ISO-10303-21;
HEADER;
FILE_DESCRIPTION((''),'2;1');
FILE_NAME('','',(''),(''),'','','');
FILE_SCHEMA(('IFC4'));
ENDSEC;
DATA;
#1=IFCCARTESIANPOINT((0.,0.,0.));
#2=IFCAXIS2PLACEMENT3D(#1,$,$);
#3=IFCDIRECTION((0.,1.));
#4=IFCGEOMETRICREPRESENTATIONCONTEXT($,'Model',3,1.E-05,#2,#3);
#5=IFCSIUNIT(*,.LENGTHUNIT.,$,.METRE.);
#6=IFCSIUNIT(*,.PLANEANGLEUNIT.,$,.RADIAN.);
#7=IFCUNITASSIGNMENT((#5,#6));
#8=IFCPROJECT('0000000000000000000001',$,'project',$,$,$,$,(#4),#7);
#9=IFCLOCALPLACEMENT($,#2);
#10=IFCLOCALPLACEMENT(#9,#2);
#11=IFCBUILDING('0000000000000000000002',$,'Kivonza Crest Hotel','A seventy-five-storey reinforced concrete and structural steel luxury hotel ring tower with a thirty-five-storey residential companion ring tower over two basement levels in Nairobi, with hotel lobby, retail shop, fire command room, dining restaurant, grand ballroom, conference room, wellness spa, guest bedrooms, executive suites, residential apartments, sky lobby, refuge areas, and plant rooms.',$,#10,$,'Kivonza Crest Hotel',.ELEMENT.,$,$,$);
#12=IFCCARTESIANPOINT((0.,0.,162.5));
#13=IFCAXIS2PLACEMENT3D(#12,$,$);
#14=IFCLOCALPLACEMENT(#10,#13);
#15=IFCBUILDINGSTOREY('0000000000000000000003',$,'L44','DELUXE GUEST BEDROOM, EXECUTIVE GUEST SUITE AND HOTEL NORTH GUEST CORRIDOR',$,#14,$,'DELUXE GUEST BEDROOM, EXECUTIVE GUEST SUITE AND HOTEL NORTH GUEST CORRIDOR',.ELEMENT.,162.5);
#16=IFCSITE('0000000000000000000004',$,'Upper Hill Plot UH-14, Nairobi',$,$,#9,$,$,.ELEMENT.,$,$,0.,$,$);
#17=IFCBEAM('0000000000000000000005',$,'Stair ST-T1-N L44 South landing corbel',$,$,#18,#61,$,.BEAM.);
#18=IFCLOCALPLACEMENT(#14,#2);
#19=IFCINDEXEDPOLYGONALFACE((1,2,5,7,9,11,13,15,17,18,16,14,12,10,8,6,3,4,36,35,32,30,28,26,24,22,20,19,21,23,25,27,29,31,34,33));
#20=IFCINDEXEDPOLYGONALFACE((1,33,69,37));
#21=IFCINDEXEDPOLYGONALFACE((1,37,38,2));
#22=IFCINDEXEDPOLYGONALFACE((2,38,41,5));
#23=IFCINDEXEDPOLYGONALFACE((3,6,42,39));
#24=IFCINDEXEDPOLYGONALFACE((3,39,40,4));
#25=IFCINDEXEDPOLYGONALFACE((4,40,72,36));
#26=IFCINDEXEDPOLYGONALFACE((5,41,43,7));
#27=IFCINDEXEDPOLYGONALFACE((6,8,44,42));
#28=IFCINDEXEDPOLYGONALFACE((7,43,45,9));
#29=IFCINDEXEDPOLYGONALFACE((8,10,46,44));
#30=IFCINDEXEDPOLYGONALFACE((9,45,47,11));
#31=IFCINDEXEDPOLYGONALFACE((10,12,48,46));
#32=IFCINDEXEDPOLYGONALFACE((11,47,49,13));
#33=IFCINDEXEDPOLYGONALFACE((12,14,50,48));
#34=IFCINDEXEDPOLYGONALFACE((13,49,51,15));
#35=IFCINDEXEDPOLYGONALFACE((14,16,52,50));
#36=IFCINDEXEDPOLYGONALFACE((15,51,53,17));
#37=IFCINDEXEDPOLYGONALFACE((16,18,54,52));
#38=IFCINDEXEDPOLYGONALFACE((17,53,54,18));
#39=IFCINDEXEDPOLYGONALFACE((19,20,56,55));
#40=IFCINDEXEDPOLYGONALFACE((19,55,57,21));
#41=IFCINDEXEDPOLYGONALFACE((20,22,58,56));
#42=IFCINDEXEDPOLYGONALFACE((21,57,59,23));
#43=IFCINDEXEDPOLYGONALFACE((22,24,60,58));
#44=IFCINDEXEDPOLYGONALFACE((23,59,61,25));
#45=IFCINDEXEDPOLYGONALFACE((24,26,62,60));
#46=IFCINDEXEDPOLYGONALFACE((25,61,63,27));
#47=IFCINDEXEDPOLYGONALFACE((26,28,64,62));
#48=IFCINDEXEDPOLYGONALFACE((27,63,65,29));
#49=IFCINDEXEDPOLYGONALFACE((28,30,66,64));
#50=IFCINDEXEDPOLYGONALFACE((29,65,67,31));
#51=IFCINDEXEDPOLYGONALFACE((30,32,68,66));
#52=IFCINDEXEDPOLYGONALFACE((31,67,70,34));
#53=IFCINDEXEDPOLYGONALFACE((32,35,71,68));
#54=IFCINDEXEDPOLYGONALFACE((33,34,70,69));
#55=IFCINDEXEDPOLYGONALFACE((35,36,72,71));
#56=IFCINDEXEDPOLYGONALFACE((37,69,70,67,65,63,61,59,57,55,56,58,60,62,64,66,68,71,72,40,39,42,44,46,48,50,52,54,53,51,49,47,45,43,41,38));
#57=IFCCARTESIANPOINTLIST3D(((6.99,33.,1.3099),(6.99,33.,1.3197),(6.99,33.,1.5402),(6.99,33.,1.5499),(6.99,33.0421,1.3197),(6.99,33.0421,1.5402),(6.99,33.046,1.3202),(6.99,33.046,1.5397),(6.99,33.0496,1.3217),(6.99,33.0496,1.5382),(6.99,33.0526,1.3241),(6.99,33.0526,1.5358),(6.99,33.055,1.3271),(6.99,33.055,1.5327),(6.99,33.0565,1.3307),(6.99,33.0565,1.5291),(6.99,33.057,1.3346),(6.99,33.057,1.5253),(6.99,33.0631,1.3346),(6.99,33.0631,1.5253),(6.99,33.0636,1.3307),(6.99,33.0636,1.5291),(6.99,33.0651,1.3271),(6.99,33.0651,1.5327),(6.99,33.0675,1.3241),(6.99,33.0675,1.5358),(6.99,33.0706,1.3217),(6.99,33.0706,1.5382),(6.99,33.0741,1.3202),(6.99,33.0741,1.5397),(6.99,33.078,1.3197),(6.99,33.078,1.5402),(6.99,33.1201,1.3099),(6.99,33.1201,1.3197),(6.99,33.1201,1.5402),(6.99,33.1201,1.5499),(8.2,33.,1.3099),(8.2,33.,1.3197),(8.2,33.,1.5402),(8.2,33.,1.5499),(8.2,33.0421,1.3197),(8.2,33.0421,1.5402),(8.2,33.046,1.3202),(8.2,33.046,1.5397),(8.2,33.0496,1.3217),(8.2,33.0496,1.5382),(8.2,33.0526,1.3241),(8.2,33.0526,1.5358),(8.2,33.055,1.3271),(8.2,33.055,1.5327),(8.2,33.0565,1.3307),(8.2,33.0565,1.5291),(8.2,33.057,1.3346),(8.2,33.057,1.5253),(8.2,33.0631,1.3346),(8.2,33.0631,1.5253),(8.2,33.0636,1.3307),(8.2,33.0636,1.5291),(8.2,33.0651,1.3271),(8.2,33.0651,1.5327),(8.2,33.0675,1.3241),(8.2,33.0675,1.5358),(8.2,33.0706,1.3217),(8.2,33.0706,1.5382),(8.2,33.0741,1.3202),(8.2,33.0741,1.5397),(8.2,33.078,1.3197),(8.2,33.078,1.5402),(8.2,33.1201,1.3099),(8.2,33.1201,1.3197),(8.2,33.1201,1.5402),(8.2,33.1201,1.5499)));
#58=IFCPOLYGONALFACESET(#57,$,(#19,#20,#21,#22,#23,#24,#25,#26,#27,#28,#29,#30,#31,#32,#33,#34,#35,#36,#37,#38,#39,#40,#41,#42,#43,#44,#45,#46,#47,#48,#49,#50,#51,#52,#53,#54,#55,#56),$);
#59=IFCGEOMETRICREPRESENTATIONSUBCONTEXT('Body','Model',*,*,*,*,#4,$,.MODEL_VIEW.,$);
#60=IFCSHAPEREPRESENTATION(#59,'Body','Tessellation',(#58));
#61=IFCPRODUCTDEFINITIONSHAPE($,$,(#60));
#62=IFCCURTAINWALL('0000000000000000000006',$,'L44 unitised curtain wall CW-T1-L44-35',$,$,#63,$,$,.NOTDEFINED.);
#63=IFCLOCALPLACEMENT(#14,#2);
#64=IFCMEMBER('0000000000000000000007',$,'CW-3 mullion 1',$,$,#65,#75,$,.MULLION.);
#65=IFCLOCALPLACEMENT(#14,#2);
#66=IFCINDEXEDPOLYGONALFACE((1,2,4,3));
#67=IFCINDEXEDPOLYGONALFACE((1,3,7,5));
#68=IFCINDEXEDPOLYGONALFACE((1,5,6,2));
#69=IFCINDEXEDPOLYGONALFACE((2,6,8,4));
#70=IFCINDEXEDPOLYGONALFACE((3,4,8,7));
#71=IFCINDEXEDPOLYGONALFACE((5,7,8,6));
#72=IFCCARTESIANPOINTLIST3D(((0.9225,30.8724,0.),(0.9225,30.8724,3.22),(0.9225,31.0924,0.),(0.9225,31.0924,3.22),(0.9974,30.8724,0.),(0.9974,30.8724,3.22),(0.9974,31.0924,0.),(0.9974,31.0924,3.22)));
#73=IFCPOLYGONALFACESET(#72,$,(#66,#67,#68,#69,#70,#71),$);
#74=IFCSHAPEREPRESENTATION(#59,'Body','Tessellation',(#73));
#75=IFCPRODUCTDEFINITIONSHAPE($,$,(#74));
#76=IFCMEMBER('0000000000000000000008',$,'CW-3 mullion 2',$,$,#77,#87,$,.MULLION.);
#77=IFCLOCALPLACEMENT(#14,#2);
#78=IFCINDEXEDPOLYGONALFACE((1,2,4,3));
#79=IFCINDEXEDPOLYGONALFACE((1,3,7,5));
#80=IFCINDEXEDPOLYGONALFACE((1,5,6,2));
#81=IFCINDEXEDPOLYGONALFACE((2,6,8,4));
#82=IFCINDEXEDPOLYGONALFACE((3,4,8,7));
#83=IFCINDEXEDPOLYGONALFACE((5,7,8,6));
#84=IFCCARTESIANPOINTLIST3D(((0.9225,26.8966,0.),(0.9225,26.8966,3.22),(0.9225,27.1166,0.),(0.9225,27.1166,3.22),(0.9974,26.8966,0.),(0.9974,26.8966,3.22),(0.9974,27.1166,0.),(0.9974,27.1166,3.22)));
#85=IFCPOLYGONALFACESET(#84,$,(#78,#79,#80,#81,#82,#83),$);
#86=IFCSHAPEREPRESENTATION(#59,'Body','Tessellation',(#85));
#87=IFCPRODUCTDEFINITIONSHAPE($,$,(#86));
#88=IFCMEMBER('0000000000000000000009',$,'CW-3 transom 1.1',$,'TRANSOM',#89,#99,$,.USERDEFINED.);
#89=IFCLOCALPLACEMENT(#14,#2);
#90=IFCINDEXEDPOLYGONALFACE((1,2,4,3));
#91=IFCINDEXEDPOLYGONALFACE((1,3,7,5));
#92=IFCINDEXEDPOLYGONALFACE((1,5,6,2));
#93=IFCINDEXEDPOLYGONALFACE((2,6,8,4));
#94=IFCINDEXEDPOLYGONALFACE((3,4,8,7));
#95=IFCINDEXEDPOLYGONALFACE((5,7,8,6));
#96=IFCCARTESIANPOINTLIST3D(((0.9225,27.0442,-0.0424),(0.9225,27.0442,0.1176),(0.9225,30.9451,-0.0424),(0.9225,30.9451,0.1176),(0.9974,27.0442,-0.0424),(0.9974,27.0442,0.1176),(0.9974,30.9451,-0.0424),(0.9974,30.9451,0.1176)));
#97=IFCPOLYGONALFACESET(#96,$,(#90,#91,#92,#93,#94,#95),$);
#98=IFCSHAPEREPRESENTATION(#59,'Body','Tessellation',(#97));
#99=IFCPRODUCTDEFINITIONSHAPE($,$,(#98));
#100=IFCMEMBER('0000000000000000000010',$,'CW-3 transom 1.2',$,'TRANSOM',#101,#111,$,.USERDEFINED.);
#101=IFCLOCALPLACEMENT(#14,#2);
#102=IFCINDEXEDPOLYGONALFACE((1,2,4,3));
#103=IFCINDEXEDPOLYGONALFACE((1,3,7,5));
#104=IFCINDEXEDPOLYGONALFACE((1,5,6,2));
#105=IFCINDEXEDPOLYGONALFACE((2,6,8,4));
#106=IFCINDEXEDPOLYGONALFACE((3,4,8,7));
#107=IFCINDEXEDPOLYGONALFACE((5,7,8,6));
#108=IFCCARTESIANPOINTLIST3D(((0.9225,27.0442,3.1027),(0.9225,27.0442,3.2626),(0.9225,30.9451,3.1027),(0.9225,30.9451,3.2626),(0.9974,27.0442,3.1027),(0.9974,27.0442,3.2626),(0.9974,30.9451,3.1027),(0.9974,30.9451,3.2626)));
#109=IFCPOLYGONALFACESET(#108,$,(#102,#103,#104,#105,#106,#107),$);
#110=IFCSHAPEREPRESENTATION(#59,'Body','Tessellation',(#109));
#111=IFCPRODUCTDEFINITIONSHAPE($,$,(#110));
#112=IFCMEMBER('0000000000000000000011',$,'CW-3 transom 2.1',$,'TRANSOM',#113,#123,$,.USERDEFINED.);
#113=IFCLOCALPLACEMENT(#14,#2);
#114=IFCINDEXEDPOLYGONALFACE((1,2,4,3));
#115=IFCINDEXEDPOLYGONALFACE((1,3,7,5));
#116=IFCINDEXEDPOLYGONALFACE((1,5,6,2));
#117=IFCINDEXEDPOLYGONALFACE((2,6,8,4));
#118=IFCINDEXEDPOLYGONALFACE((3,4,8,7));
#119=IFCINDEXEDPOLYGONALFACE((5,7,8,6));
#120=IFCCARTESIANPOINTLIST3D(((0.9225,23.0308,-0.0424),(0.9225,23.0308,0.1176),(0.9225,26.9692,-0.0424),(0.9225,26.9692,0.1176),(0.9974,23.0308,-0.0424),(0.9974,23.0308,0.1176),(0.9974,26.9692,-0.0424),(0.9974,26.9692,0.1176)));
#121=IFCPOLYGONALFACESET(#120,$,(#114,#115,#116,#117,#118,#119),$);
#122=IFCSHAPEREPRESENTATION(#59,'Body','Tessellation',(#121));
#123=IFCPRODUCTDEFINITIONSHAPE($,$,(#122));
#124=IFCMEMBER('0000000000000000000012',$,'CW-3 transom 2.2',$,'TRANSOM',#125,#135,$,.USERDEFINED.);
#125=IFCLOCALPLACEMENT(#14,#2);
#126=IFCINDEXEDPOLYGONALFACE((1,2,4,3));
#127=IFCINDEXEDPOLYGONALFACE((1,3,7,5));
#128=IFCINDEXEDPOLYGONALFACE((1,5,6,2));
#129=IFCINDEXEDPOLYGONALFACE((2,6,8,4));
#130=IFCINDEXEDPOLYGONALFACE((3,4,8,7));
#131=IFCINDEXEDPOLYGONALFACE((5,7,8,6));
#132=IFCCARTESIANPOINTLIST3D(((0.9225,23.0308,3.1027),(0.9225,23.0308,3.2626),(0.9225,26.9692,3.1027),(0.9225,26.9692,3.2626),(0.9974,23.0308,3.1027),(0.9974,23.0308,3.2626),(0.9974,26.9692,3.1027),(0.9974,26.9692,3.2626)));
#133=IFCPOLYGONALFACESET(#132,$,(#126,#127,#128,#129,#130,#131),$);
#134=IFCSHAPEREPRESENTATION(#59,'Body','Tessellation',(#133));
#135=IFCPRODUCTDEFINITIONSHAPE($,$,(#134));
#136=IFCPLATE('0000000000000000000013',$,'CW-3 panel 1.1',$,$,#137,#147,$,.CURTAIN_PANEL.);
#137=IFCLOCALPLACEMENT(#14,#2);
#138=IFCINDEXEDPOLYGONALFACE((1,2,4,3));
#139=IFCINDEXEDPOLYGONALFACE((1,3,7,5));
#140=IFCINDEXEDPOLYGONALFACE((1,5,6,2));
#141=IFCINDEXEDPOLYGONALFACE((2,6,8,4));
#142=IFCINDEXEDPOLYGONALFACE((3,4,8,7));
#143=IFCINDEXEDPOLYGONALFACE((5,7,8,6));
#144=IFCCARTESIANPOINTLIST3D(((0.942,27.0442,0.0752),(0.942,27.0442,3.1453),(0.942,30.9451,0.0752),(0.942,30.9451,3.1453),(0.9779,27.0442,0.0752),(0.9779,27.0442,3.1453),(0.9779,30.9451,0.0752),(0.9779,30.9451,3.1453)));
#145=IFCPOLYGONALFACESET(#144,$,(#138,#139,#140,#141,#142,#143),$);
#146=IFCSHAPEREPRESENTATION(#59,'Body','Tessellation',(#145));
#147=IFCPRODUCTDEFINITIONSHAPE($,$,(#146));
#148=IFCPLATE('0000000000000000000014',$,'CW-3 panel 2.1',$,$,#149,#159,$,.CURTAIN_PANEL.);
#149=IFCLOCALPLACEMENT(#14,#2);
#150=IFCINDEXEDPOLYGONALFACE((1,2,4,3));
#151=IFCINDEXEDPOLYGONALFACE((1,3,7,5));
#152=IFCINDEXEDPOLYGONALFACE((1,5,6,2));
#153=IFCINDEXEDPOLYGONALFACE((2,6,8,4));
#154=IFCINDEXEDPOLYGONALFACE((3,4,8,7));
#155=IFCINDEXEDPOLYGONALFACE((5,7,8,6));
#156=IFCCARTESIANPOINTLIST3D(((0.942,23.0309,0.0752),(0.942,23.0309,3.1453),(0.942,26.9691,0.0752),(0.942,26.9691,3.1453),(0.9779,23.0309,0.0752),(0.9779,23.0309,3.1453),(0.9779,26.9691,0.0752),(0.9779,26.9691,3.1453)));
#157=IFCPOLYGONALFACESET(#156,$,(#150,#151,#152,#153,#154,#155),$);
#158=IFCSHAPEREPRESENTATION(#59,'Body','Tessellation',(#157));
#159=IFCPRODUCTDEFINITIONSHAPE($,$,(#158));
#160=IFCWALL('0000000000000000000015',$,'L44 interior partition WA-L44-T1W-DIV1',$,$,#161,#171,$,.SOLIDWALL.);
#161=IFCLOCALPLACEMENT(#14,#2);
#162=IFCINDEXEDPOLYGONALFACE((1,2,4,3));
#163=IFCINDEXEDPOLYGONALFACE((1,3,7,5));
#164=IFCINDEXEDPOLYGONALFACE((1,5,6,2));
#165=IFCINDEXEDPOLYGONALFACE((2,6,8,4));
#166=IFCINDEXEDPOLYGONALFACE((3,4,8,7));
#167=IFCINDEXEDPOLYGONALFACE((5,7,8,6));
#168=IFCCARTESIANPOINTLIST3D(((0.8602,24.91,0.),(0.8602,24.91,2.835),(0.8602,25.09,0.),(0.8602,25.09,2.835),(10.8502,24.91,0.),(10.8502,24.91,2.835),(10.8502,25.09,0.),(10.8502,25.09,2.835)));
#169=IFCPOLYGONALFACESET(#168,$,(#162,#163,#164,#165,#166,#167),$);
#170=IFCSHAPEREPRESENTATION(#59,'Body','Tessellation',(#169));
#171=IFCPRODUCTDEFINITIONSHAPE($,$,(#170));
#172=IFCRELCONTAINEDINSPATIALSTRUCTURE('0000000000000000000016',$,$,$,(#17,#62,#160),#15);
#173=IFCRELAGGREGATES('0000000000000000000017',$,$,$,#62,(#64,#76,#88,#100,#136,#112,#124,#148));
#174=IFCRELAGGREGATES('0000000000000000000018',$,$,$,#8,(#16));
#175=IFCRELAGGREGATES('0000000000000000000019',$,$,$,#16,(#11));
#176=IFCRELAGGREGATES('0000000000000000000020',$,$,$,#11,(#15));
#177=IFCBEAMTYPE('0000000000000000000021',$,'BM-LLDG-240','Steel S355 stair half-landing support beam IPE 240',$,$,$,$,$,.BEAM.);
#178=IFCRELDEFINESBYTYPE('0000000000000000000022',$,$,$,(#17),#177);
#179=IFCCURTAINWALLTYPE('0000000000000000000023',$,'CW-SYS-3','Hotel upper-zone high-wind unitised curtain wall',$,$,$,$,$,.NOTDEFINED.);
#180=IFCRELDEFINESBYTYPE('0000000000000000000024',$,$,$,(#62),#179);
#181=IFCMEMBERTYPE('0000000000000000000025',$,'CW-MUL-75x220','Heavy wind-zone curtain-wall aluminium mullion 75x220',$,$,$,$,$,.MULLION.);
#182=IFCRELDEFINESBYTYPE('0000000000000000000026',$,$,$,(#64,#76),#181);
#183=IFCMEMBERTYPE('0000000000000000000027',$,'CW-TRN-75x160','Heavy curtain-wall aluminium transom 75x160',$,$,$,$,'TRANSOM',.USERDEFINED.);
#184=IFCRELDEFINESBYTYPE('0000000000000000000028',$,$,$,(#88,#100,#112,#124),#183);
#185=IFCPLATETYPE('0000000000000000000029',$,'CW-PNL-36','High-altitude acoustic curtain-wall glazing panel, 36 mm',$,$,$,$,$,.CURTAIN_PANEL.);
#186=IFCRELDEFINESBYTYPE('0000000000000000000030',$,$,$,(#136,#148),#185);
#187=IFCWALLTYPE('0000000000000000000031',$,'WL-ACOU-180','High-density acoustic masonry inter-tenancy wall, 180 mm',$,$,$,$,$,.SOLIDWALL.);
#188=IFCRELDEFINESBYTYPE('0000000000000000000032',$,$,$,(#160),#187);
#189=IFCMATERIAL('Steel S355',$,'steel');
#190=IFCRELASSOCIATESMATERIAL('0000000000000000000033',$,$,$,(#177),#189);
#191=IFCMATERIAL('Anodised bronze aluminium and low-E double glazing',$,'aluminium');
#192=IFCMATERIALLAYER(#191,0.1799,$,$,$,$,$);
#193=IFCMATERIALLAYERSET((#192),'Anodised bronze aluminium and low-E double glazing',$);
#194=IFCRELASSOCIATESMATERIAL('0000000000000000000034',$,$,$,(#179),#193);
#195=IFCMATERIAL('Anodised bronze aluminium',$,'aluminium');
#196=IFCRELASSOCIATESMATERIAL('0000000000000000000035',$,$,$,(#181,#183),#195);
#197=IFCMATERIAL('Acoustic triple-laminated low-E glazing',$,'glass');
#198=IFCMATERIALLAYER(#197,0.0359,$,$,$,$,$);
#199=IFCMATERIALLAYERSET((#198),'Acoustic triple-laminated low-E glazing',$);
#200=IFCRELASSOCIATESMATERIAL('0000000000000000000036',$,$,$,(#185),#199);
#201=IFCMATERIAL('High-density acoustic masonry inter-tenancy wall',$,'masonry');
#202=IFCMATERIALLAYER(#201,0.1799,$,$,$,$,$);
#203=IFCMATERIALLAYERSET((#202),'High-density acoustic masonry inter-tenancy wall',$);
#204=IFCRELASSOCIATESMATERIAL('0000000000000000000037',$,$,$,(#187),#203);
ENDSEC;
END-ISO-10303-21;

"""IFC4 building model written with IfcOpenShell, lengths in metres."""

from ifc_helpers import new_model, si_unit, direction, frame, frame_2d, origin, origin_2d, place, context, subcontext, project, spatial, rectangle, i_section, extrude, material, layer, layer_set, material_profile, profile_set, type_object, element, aggregate, save


model = new_model("IFC4")

# Units and contexts
model_context = context("Model", 3, precision=1e-05, world=origin(), true_north=direction((0.0, 1.0)))
body_context = subcontext(model_context, "Body", "Model", "MODEL_VIEW")
ifc_project = project(units=[si_unit("LENGTHUNIT", "METRE"), si_unit("PLANEANGLEUNIT", "RADIAN")], contexts=[model_context])

# Site, building, storey
site_placement = place(None, origin())
site = spatial("IfcSite", under=ifc_project, at=site_placement, Name="Upper Hill Plot UH-14, Nairobi", CompositionType="ELEMENT", RefElevation=0.0)
building_placement = place(site_placement, origin())
building = spatial("IfcBuilding", under=site, at=building_placement, Name="Kivonza Crest Hotel", Description="A seventy-five-storey reinforced concrete and structural steel luxury hotel ring tower with a thirty-five-storey residential companion ring tower over two basement levels in Nairobi, with hotel lobby, retail shop, fire command room, dining restaurant, grand ballroom, conference room, wellness spa, guest bedrooms, executive suites, residential apartments, sky lobby, refuge areas, and plant rooms.", LongName="Kivonza Crest Hotel", CompositionType="ELEMENT")
storey_placement = place(building_placement, frame((0.0, 0.0, 162.5)))
storey = spatial("IfcBuildingStorey", under=building, at=storey_placement, Name="L44", Description="DELUXE GUEST BEDROOM, EXECUTIVE GUEST SUITE AND HOTEL NORTH GUEST CORRIDOR", LongName="DELUXE GUEST BEDROOM, EXECUTIVE GUEST SUITE AND HOTEL NORTH GUEST CORRIDOR", CompositionType="ELEMENT", Elevation=162.5)

# Beam
ifc_material_1 = material(Name="Steel S355", Category="steel")
ifc_material_profile_1 = material_profile(ifc_material_1, i_section(OverallWidth=0.1201, OverallDepth=0.24, WebThickness=0.0061, FlangeThickness=0.0098, FilletRadius=0.0149, at=origin_2d()), Name="IPE 240")
ifc_profile_set_1 = profile_set([ifc_material_profile_1], Name="Steel S355")
beam_type_1 = type_object("IfcBeamType", Name="BM-LLDG-240", Description="Steel S355 stair half-landing support beam IPE 240", PredefinedType="BEAM", material=ifc_profile_set_1)
beam_1_placement = place(storey_placement, frame((6.99, 33.0601, 1.4299), z_axis=(1.0, 0.0, 0.0), x_axis=(0.0, 1.0, 0.0)))
element("IfcBeam", 1, at=beam_1_placement, inside=storey, type_object=beam_type_1, Name="Stair ST-T1-N L44 South landing corbel", PredefinedType="BEAM", context=body_context, shape_type="SweptSolid", body=[
    extrude(i_section(OverallWidth=0.1201, OverallDepth=0.24, WebThickness=0.0061, FlangeThickness=0.0098, FilletRadius=0.0149, at=origin_2d()), origin(), (0.0, 0.0, 1.0), 1.21),
])

# Curtain wall, members, plates
ifc_material_2 = material(Name="Anodised bronze aluminium and low-E double glazing", Category="aluminium")
ifc_layer_1 = layer(ifc_material_2, 0.1799)
ifc_layer_set_1 = layer_set([ifc_layer_1], Name="Anodised bronze aluminium and low-E double glazing")
curtain_wall_type = type_object("IfcCurtainWallType", Name="CW-SYS-3", Description="Hotel upper-zone high-wind unitised curtain wall", PredefinedType="NOTDEFINED", material=ifc_layer_set_1)
curtain_wall_placement = place(storey_placement, origin())
curtain_wall = element("IfcCurtainWall", 2, at=curtain_wall_placement, inside=storey, type_object=curtain_wall_type, Name="L44 unitised curtain wall CW-T1-L44-35", PredefinedType="NOTDEFINED")
ifc_material_3 = material(Name="Anodised bronze aluminium", Category="aluminium")
ifc_material_profile_2 = material_profile(ifc_material_3, rectangle(XDim=0.075, YDim=0.22, at=origin_2d()), Name="CW-M 75x220")
ifc_profile_set_2 = profile_set([ifc_material_profile_2], Name="Anodised bronze aluminium")
member_type_1 = type_object("IfcMemberType", Name="CW-MUL-75x220", Description="Heavy wind-zone curtain-wall aluminium mullion 75x220", PredefinedType="MULLION", material=ifc_profile_set_2)
member_1_placement = place(storey_placement, frame((0.96, 30.9824, 0.0), z_axis=(0.0, 0.0, 1.0), x_axis=(1.0, 0.0, 0.0)))
member_1 = element("IfcMember", 3, at=member_1_placement, type_object=member_type_1, Name="CW-3 mullion 1", PredefinedType="MULLION", context=body_context, shape_type="SweptSolid", body=[
    extrude(rectangle(XDim=0.075, YDim=0.22, at=origin_2d()), origin(), (0.0, 0.0, 1.0), 3.22),
])
member_2_placement = place(storey_placement, frame((0.96, 27.0066, 0.0), z_axis=(0.0, 0.0, 1.0), x_axis=(1.0, 0.0, 0.0)))
member_2 = element("IfcMember", 4, at=member_2_placement, type_object=member_type_1, Name="CW-3 mullion 2", PredefinedType="MULLION", context=body_context, shape_type="SweptSolid", body=[
    extrude(rectangle(XDim=0.075, YDim=0.22, at=origin_2d()), origin(), (0.0, 0.0, 1.0), 3.22),
])
ifc_material_profile_3 = material_profile(ifc_material_3, rectangle(XDim=0.075, YDim=0.1599, at=origin_2d()), Name="CW-T 75x160")
ifc_profile_set_3 = profile_set([ifc_material_profile_3], Name="Anodised bronze aluminium")
member_type_2 = type_object("IfcMemberType", Name="CW-TRN-75x160", Description="Heavy curtain-wall aluminium transom 75x160", ElementType="TRANSOM", PredefinedType="USERDEFINED", material=ifc_profile_set_3)
member_3_placement = place(storey_placement, frame((0.96, 30.9451, 0.0376), z_axis=(0.0, -1.0, 0.0), x_axis=(1.0, 0.0, 0.0)))
member_3 = element("IfcMember", 5, at=member_3_placement, type_object=member_type_2, Name="CW-3 transom 1.1", ObjectType="TRANSOM", PredefinedType="USERDEFINED", context=body_context, shape_type="SweptSolid", body=[
    extrude(rectangle(XDim=0.075, YDim=0.1599, at=origin_2d()), origin(), (0.0, 0.0, 1.0), 3.9009),
])
member_4_placement = place(storey_placement, frame((0.96, 30.9451, 3.1826), z_axis=(0.0, -1.0, 0.0), x_axis=(1.0, 0.0, 0.0)))
member_4 = element("IfcMember", 6, at=member_4_placement, type_object=member_type_2, Name="CW-3 transom 1.2", ObjectType="TRANSOM", PredefinedType="USERDEFINED", context=body_context, shape_type="SweptSolid", body=[
    extrude(rectangle(XDim=0.075, YDim=0.1599, at=origin_2d()), origin(), (0.0, 0.0, 1.0), 3.9009),
])
member_5_placement = place(storey_placement, frame((0.96, 26.9692, 0.0376), z_axis=(0.0, -1.0, 0.0), x_axis=(1.0, 0.0, 0.0)))
member_5 = element("IfcMember", 7, at=member_5_placement, type_object=member_type_2, Name="CW-3 transom 2.1", ObjectType="TRANSOM", PredefinedType="USERDEFINED", context=body_context, shape_type="SweptSolid", body=[
    extrude(rectangle(XDim=0.075, YDim=0.1599, at=origin_2d()), origin(), (0.0, 0.0, 1.0), 3.9385),
])
member_6_placement = place(storey_placement, frame((0.96, 26.9692, 3.1826), z_axis=(0.0, -1.0, 0.0), x_axis=(1.0, 0.0, 0.0)))
member_6 = element("IfcMember", 8, at=member_6_placement, type_object=member_type_2, Name="CW-3 transom 2.2", ObjectType="TRANSOM", PredefinedType="USERDEFINED", context=body_context, shape_type="SweptSolid", body=[
    extrude(rectangle(XDim=0.075, YDim=0.1599, at=origin_2d()), origin(), (0.0, 0.0, 1.0), 3.9385),
])
ifc_material_4 = material(Name="Acoustic triple-laminated low-E glazing", Category="glass")
ifc_layer_2 = layer(ifc_material_4, 0.0359)
ifc_layer_set_2 = layer_set([ifc_layer_2], Name="Acoustic triple-laminated low-E glazing")
plate_type = type_object("IfcPlateType", Name="CW-PNL-36", Description="High-altitude acoustic curtain-wall glazing panel, 36 mm", PredefinedType="CURTAIN_PANEL", material=ifc_layer_set_2)
plate_1_placement = place(storey_placement, frame((0.96, 28.9946, 0.0752), z_axis=(0.0, 0.0, 1.0), x_axis=(0.0, -1.0, 0.0)))
plate_1 = element("IfcPlate", 9, at=plate_1_placement, type_object=plate_type, Name="CW-3 panel 1.1", PredefinedType="CURTAIN_PANEL", context=body_context, shape_type="SweptSolid", body=[
    extrude(rectangle(XDim=3.9009, YDim=0.0359, at=origin_2d()), origin(), (0.0, 0.0, 1.0), 3.0701),
])
plate_2_placement = place(storey_placement, frame((0.96, 25.0, 0.0752), z_axis=(0.0, 0.0, 1.0), x_axis=(0.0, -1.0, 0.0)))
plate_2 = element("IfcPlate", 10, at=plate_2_placement, type_object=plate_type, Name="CW-3 panel 2.1", PredefinedType="CURTAIN_PANEL", context=body_context, shape_type="SweptSolid", body=[
    extrude(rectangle(XDim=3.9382, YDim=0.0359, at=origin_2d()), origin(), (0.0, 0.0, 1.0), 3.0701),
])
aggregate(curtain_wall, [member_1, member_2, member_3, member_4, plate_1, member_5, member_6, plate_2])

# Wall
ifc_material_5 = material(Name="High-density acoustic masonry inter-tenancy wall", Category="masonry")
ifc_layer_3 = layer(ifc_material_5, 0.1799)
ifc_layer_set_3 = layer_set([ifc_layer_3], Name="High-density acoustic masonry inter-tenancy wall")
wall_type_1 = type_object("IfcWallType", Name="WL-ACOU-180", Description="High-density acoustic masonry inter-tenancy wall, 180 mm", PredefinedType="SOLIDWALL", material=ifc_layer_set_3)
wall_1_placement = place(storey_placement, frame((0.8601, 25.0, 0.0), z_axis=(0.0, 0.0, 1.0), x_axis=(1.0, 0.0, 0.0)))
element("IfcWall", 11, at=wall_1_placement, inside=storey, type_object=wall_type_1, Name="L44 interior partition WA-L44-T1W-DIV1", PredefinedType="SOLIDWALL", context=body_context, shape_type="SweptSolid", body=[
    extrude(rectangle(XDim=9.99, YDim=0.1799, at=frame_2d((4.9951, 0.0))), origin(), (0.0, 0.0, 1.0), 2.835),
])

save(model, "model.ifc")
